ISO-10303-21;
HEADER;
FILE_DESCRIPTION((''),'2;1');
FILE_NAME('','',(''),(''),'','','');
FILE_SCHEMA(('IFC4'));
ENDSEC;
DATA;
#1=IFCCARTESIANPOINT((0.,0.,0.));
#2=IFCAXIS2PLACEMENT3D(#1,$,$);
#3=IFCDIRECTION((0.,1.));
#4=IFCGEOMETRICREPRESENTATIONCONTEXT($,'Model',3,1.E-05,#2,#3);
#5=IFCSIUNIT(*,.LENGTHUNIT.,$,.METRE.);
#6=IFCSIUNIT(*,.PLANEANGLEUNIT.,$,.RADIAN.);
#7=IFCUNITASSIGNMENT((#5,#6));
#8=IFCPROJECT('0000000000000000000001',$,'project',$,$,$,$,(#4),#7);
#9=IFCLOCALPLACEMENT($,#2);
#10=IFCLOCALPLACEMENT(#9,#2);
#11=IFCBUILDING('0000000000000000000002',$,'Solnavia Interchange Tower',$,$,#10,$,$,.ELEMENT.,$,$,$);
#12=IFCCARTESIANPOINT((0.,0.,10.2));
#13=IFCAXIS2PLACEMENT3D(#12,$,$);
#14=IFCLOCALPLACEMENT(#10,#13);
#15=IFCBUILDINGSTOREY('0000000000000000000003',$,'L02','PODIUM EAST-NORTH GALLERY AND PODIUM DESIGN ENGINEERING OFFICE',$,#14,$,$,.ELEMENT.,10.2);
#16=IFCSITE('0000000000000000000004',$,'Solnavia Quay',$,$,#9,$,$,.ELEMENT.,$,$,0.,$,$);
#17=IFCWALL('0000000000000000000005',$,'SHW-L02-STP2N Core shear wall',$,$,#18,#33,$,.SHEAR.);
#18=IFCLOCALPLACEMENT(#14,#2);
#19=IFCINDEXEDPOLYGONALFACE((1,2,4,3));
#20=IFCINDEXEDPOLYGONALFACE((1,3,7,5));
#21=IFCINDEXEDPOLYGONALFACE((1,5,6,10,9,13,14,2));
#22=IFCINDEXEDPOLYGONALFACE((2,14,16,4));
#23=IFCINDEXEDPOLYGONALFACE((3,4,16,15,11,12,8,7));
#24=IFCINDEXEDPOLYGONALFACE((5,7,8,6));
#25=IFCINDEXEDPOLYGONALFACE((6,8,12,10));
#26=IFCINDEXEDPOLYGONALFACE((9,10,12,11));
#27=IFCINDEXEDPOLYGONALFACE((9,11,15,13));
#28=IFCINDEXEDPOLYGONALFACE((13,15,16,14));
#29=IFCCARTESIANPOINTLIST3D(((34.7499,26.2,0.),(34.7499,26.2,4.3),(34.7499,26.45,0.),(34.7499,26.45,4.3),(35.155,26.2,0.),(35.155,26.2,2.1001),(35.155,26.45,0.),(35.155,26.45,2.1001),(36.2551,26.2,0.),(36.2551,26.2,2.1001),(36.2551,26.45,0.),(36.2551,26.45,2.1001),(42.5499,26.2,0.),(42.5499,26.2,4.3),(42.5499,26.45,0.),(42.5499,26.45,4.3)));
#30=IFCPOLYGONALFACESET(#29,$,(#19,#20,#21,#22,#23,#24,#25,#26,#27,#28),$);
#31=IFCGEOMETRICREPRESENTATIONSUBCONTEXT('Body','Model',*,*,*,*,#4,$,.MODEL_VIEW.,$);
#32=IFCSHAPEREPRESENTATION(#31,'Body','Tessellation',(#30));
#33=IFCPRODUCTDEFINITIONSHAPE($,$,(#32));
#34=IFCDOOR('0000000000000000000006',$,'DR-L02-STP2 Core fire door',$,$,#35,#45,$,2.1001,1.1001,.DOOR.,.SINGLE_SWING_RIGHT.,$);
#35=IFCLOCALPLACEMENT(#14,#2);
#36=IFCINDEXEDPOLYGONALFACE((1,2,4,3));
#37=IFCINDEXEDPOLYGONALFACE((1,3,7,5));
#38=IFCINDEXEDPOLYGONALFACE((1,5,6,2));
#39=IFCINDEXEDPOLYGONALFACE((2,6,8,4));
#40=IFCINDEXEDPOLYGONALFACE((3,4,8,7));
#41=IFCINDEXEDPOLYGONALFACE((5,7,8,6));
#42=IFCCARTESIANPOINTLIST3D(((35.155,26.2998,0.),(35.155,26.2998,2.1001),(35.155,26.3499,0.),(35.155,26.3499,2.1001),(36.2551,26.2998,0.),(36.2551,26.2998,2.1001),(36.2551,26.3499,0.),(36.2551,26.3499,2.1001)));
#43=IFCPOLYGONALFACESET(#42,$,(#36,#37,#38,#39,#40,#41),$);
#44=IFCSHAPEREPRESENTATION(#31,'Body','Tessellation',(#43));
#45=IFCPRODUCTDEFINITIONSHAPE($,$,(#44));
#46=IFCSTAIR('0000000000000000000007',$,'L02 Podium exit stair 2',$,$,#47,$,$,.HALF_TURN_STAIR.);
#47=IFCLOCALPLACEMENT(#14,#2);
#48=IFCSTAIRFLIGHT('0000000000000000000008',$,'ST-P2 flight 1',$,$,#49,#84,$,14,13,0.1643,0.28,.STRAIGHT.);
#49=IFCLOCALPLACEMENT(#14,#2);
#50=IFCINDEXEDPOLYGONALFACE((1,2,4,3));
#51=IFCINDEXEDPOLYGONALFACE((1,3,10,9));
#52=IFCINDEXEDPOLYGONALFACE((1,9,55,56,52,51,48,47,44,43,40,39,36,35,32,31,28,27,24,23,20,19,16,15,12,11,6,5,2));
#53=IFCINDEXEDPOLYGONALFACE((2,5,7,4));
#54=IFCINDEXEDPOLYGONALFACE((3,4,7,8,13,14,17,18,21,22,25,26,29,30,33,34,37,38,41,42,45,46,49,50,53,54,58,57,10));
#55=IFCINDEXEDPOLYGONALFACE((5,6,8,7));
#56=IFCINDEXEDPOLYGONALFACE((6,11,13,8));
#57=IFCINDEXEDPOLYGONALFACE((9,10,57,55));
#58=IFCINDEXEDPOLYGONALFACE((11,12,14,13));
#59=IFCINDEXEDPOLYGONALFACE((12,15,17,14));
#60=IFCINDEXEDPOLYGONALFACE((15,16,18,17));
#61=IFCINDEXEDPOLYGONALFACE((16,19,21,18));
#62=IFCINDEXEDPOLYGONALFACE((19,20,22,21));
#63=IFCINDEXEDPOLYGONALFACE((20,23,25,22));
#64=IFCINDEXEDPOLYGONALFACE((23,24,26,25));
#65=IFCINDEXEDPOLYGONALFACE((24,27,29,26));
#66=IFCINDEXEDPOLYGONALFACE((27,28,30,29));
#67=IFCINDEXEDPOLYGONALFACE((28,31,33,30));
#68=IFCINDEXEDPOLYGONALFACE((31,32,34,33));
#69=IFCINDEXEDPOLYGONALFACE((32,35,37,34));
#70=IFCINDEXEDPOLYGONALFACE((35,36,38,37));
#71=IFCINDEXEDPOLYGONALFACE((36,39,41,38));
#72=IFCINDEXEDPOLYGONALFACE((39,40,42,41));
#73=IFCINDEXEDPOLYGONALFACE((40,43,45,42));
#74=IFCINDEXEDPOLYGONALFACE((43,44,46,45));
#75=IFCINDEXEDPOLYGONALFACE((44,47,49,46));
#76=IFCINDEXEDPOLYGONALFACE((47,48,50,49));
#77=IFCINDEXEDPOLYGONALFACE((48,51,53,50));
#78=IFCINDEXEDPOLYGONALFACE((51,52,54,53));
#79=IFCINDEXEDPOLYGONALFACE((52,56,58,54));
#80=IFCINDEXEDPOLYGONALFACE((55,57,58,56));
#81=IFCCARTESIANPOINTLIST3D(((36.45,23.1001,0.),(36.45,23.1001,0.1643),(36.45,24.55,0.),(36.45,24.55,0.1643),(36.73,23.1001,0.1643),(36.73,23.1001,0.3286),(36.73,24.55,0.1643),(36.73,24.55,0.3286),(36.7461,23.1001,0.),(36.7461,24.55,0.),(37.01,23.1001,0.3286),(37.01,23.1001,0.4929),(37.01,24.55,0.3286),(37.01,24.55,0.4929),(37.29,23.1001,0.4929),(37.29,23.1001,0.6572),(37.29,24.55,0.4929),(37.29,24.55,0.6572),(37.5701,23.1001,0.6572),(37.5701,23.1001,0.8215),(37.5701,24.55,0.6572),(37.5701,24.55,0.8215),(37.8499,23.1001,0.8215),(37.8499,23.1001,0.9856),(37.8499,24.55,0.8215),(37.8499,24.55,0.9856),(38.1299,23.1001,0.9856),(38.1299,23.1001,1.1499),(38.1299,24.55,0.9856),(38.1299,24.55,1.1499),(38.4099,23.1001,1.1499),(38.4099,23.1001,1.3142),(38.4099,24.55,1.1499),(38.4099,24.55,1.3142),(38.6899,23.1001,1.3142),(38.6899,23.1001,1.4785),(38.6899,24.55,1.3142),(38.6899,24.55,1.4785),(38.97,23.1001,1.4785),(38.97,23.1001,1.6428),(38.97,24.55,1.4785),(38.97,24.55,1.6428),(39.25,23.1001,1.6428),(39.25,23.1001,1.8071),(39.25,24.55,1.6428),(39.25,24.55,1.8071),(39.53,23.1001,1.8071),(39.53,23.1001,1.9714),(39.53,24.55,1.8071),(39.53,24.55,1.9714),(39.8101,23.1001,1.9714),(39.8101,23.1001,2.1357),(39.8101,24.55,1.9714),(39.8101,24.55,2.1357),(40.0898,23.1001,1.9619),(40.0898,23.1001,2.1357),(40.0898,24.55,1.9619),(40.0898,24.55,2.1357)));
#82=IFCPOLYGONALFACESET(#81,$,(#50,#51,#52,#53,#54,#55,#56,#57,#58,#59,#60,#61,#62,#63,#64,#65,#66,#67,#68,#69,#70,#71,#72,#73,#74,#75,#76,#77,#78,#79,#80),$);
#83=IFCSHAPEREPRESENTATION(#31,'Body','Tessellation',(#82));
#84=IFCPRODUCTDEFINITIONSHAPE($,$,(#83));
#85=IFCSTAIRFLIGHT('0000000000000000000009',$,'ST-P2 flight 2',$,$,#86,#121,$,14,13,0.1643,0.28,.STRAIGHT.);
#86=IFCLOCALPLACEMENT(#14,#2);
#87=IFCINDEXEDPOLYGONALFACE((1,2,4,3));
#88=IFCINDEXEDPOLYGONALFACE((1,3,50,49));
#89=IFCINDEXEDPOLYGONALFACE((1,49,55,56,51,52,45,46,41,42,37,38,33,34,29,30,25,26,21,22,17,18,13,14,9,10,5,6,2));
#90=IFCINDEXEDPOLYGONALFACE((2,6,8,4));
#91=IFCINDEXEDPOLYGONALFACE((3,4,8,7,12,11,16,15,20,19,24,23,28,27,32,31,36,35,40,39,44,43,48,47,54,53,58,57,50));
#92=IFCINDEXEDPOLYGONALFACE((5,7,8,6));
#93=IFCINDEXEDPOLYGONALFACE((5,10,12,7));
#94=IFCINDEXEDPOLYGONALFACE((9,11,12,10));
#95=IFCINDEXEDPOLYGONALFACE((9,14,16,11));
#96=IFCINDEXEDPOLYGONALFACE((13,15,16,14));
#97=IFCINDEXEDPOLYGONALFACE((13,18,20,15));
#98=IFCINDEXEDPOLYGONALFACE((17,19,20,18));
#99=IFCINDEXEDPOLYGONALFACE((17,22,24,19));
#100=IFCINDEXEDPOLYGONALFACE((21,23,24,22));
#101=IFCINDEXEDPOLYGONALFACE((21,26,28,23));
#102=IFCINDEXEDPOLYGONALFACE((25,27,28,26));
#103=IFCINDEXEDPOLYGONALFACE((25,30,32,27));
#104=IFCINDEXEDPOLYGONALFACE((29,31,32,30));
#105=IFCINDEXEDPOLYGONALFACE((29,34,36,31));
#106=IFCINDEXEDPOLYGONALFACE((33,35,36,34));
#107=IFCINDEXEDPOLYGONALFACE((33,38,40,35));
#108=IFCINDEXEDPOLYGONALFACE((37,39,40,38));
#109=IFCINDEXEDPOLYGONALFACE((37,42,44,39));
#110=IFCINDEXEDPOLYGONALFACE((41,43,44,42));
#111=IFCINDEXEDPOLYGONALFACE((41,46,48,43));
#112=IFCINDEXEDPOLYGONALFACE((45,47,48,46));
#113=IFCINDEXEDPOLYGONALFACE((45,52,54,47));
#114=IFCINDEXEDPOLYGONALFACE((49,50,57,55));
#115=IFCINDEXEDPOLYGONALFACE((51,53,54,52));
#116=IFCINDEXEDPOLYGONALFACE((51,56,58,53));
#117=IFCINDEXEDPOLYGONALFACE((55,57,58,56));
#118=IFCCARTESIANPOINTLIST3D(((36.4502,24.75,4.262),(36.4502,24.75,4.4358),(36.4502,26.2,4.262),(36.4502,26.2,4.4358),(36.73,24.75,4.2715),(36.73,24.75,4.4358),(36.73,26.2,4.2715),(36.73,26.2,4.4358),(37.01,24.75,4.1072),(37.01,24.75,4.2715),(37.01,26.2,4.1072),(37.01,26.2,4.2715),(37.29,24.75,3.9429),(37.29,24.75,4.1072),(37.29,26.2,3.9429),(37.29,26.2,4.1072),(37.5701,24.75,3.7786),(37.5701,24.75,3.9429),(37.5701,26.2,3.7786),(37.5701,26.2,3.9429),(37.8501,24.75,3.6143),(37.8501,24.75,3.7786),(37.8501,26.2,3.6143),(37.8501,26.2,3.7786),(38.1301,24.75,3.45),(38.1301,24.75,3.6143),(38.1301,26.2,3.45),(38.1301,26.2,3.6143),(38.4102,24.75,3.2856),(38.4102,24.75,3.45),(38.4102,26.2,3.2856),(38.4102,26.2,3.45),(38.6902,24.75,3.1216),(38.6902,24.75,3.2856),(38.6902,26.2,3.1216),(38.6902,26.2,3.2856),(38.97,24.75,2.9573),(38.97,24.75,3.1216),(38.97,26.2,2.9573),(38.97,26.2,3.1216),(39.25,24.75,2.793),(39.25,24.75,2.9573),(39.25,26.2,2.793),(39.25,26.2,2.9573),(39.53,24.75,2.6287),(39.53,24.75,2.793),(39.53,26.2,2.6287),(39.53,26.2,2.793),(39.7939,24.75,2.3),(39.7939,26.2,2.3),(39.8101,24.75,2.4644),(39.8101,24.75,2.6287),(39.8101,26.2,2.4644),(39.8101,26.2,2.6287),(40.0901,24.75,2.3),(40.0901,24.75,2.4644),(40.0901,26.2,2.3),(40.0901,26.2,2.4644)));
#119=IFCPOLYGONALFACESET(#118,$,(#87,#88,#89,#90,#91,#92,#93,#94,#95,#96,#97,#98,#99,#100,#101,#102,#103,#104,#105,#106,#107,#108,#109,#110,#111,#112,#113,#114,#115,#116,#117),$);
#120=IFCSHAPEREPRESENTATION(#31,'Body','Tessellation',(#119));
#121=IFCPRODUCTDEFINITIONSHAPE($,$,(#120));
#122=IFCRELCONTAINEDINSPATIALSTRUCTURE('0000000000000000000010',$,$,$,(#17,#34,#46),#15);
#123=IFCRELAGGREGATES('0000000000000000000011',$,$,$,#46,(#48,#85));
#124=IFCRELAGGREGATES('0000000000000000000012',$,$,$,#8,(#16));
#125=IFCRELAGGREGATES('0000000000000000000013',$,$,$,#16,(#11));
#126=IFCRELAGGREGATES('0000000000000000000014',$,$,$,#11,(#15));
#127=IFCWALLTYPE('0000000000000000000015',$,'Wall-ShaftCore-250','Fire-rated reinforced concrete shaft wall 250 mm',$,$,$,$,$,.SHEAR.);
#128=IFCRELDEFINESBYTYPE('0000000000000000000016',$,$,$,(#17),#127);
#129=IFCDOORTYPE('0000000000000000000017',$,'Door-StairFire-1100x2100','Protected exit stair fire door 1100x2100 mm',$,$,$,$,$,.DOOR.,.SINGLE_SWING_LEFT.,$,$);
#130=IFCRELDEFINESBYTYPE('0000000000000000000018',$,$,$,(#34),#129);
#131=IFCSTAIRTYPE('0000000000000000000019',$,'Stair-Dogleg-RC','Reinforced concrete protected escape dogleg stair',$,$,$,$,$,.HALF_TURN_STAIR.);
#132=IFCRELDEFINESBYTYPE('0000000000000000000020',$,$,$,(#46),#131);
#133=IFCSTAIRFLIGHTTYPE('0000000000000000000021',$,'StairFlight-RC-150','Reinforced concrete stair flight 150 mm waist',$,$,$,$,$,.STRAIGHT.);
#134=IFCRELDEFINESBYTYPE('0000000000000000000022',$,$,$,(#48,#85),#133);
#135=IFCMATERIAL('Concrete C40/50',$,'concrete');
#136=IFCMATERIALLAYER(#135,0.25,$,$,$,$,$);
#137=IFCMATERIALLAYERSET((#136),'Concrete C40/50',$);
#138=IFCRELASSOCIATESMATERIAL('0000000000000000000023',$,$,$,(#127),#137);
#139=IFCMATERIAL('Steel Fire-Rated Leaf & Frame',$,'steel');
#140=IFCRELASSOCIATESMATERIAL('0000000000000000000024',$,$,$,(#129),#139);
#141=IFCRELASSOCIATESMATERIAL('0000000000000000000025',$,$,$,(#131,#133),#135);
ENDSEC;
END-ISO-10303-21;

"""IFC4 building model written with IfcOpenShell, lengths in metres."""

from ifc_helpers import new_model, si_unit, direction, frame, frame_2d, origin, place, context, subcontext, project, spatial, polyline, rectangle, outline, extrude, material, layer, layer_set, type_object, element, fill, aggregate, save


model = new_model("IFC4")

# Units and contexts
model_context = context("Model", 3, precision=1e-05, world=origin(), true_north=direction((0.0, 1.0)))
body_context = subcontext(model_context, "Body", "Model", "MODEL_VIEW")
ifc_project = project(units=[si_unit("LENGTHUNIT", "METRE"), si_unit("PLANEANGLEUNIT", "RADIAN")], contexts=[model_context])

# Site, building, storey
site_placement = place(None, origin())
site = spatial("IfcSite", under=ifc_project, at=site_placement, Name="Solnavia Quay", CompositionType="ELEMENT", RefElevation=0.0)
building_placement = place(site_placement, origin())
building = spatial("IfcBuilding", under=site, at=building_placement, Name="Solnavia Interchange Tower", CompositionType="ELEMENT")
storey_placement = place(building_placement, frame((0.0, 0.0, 10.2)))
storey = spatial("IfcBuildingStorey", under=building, at=storey_placement, Name="L02", Description="PODIUM EAST-NORTH GALLERY AND PODIUM DESIGN ENGINEERING OFFICE", CompositionType="ELEMENT", Elevation=10.2)

# Shared definitions
ifc_material_1 = material(Name="Concrete C40/50", Category="concrete")

# Wall, opening, door
ifc_layer_1 = layer(ifc_material_1, 0.25)
ifc_layer_set_1 = layer_set([ifc_layer_1], Name="Concrete C40/50")
wall_type_1 = type_object("IfcWallType", Name="Wall-ShaftCore-250", Description="Fire-rated reinforced concrete shaft wall 250 mm", PredefinedType="SHEAR", material=ifc_layer_set_1)
wall_1_placement = place(storey_placement, frame((34.75, 26.325, 0.0), z_axis=(0.0, 0.0, 1.0), x_axis=(1.0, 0.0, 0.0)))
wall_1 = element("IfcWall", 1, at=wall_1_placement, inside=storey, type_object=wall_type_1, Name="SHW-L02-STP2N Core shear wall", PredefinedType="SHEAR", context=body_context, shape_type="SweptSolid", body=[
    extrude(rectangle(XDim=7.8, YDim=0.25, at=frame_2d((3.8999, 0.0))), origin(), (0.0, 0.0, 1.0), 4.3),
])
opening_1_placement = place(wall_1_placement, frame((0.405, 0.0, 0.0)))
opening_1 = element("IfcOpeningElement", 2, at=opening_1_placement, cuts=wall_1, PredefinedType="OPENING", context=body_context, shape_type="SweptSolid", body=[
    extrude(rectangle(XDim=1.1001, YDim=2.1001, at=frame_2d((0.55, 1.05))), frame((0.0, 0.135, 0.0), z_axis=(0.0, -1.0, 0.0), x_axis=(1.0, 0.0, 0.0)), (0.0, 0.0, 1.0), 0.27),
])
ifc_material_2 = material(Name="Steel Fire-Rated Leaf & Frame", Category="steel")
door_type_1 = type_object("IfcDoorType", Name="Door-StairFire-1100x2100", Description="Protected exit stair fire door 1100x2100 mm", OperationType="SINGLE_SWING_LEFT", PredefinedType="DOOR", material=ifc_material_2)
door_1_placement = place(opening_1_placement, origin())
door_1 = element("IfcDoor", 3, at=door_1_placement, inside=storey, type_object=door_type_1, Name="DR-L02-STP2 Core fire door", OperationType="SINGLE_SWING_RIGHT", OverallHeight=2.1001, OverallWidth=1.1001, PredefinedType="DOOR", context=body_context, shape_type="SweptSolid", body=[
    extrude(rectangle(XDim=1.1001, YDim=2.1001, at=frame_2d((0.55, 1.05))), frame((0.0, 0.0249, 0.0), z_axis=(0.0, -1.0, 0.0), x_axis=(1.0, 0.0, 0.0)), (0.0, 0.0, 1.0), 0.05),
])
fill(opening_1, door_1)

# Stair, stair flights
stair_type = type_object("IfcStairType", Name="Stair-Dogleg-RC", Description="Reinforced concrete protected escape dogleg stair", PredefinedType="HALF_TURN_STAIR", material=ifc_material_1)
stair_placement = place(storey_placement, origin())
stair = element("IfcStair", 4, at=stair_placement, inside=storey, type_object=stair_type, Name="L02 Podium exit stair 2", PredefinedType="HALF_TURN_STAIR")
stair_flight_type = type_object("IfcStairFlightType", Name="StairFlight-RC-150", Description="Reinforced concrete stair flight 150 mm waist", PredefinedType="STRAIGHT", material=ifc_material_1)
stair_flight_1_placement = place(storey_placement, frame((36.45, 23.825, 0.0), z_axis=(0.0, 0.0, 1.0), x_axis=(1.0, 0.0, 0.0)))
stair_flight_1 = element("IfcStairFlight", 5, at=stair_flight_1_placement, type_object=stair_flight_type, Name="ST-P2 flight 1", NumberOfRisers=14, NumberOfTreads=13, PredefinedType="STRAIGHT", RiserHeight=0.1643, TreadLength=0.28, context=body_context, shape_type="SweptSolid", body=[
    extrude(outline(polyline([(0.0, 0.0), (0.0, 0.1643), (0.28, 0.1643), (0.28, 0.3286), (0.5601, 0.3286), (0.5601, 0.4929), (0.8401, 0.4929), (0.8401, 0.6572), (1.1201, 0.6572), (1.1201, 0.8215), (1.3999, 0.8215), (1.3999, 0.9856), (1.6799, 0.9856), (1.6799, 1.1499), (1.96, 1.1499), (1.96, 1.3142), (2.24, 1.3142), (2.24, 1.4785), (2.52, 1.4785), (2.52, 1.6428), (2.8, 1.6428), (2.8, 1.8071), (3.0801, 1.8071), (3.0801, 1.9714), (3.3601, 1.9714), (3.3601, 2.1357), (3.6399, 2.1357), (3.6399, 2.3), (3.6399, 1.9619), (0.2961, 0.0), (0.0, 0.0)])), frame((0.0, 0.7251, 0.0), z_axis=(0.0, -1.0, 0.0), x_axis=(1.0, 0.0, 0.0)), (0.0, 0.0, 1.0), 1.45),
])
stair_flight_2_placement = place(storey_placement, frame((40.0901, 25.4751, 2.3), z_axis=(0.0, 0.0, 1.0), x_axis=(-1.0, 0.0, 0.0)))
stair_flight_2 = element("IfcStairFlight", 6, at=stair_flight_2_placement, type_object=stair_flight_type, Name="ST-P2 flight 2", NumberOfRisers=14, NumberOfTreads=13, PredefinedType="STRAIGHT", RiserHeight=0.1643, TreadLength=0.28, context=body_context, shape_type="SweptSolid", body=[
    extrude(outline(polyline([(0.0, 0.0), (0.0, 0.1643), (0.28, 0.1643), (0.28, 0.3286), (0.5601, 0.3286), (0.5601, 0.4929), (0.8401, 0.4929), (0.8401, 0.6572), (1.1201, 0.6572), (1.1201, 0.8215), (1.3999, 0.8215), (1.3999, 0.9856), (1.6799, 0.9856), (1.6799, 1.1499), (1.96, 1.1499), (1.96, 1.3142), (2.24, 1.3142), (2.24, 1.4785), (2.52, 1.4785), (2.52, 1.6428), (2.8, 1.6428), (2.8, 1.8071), (3.0801, 1.8071), (3.0801, 1.9714), (3.3601, 1.9714), (3.3601, 2.1357), (3.6399, 2.1357), (3.6399, 2.3), (3.6399, 1.9619), (0.2961, 0.0), (0.0, 0.0)])), frame((0.0, 0.7251, 0.0), z_axis=(0.0, -1.0, 0.0), x_axis=(1.0, 0.0, 0.0)), (0.0, 0.0, 1.0), 1.45),
])
aggregate(stair, [stair_flight_1, stair_flight_2])

save(model, "model.ifc")
